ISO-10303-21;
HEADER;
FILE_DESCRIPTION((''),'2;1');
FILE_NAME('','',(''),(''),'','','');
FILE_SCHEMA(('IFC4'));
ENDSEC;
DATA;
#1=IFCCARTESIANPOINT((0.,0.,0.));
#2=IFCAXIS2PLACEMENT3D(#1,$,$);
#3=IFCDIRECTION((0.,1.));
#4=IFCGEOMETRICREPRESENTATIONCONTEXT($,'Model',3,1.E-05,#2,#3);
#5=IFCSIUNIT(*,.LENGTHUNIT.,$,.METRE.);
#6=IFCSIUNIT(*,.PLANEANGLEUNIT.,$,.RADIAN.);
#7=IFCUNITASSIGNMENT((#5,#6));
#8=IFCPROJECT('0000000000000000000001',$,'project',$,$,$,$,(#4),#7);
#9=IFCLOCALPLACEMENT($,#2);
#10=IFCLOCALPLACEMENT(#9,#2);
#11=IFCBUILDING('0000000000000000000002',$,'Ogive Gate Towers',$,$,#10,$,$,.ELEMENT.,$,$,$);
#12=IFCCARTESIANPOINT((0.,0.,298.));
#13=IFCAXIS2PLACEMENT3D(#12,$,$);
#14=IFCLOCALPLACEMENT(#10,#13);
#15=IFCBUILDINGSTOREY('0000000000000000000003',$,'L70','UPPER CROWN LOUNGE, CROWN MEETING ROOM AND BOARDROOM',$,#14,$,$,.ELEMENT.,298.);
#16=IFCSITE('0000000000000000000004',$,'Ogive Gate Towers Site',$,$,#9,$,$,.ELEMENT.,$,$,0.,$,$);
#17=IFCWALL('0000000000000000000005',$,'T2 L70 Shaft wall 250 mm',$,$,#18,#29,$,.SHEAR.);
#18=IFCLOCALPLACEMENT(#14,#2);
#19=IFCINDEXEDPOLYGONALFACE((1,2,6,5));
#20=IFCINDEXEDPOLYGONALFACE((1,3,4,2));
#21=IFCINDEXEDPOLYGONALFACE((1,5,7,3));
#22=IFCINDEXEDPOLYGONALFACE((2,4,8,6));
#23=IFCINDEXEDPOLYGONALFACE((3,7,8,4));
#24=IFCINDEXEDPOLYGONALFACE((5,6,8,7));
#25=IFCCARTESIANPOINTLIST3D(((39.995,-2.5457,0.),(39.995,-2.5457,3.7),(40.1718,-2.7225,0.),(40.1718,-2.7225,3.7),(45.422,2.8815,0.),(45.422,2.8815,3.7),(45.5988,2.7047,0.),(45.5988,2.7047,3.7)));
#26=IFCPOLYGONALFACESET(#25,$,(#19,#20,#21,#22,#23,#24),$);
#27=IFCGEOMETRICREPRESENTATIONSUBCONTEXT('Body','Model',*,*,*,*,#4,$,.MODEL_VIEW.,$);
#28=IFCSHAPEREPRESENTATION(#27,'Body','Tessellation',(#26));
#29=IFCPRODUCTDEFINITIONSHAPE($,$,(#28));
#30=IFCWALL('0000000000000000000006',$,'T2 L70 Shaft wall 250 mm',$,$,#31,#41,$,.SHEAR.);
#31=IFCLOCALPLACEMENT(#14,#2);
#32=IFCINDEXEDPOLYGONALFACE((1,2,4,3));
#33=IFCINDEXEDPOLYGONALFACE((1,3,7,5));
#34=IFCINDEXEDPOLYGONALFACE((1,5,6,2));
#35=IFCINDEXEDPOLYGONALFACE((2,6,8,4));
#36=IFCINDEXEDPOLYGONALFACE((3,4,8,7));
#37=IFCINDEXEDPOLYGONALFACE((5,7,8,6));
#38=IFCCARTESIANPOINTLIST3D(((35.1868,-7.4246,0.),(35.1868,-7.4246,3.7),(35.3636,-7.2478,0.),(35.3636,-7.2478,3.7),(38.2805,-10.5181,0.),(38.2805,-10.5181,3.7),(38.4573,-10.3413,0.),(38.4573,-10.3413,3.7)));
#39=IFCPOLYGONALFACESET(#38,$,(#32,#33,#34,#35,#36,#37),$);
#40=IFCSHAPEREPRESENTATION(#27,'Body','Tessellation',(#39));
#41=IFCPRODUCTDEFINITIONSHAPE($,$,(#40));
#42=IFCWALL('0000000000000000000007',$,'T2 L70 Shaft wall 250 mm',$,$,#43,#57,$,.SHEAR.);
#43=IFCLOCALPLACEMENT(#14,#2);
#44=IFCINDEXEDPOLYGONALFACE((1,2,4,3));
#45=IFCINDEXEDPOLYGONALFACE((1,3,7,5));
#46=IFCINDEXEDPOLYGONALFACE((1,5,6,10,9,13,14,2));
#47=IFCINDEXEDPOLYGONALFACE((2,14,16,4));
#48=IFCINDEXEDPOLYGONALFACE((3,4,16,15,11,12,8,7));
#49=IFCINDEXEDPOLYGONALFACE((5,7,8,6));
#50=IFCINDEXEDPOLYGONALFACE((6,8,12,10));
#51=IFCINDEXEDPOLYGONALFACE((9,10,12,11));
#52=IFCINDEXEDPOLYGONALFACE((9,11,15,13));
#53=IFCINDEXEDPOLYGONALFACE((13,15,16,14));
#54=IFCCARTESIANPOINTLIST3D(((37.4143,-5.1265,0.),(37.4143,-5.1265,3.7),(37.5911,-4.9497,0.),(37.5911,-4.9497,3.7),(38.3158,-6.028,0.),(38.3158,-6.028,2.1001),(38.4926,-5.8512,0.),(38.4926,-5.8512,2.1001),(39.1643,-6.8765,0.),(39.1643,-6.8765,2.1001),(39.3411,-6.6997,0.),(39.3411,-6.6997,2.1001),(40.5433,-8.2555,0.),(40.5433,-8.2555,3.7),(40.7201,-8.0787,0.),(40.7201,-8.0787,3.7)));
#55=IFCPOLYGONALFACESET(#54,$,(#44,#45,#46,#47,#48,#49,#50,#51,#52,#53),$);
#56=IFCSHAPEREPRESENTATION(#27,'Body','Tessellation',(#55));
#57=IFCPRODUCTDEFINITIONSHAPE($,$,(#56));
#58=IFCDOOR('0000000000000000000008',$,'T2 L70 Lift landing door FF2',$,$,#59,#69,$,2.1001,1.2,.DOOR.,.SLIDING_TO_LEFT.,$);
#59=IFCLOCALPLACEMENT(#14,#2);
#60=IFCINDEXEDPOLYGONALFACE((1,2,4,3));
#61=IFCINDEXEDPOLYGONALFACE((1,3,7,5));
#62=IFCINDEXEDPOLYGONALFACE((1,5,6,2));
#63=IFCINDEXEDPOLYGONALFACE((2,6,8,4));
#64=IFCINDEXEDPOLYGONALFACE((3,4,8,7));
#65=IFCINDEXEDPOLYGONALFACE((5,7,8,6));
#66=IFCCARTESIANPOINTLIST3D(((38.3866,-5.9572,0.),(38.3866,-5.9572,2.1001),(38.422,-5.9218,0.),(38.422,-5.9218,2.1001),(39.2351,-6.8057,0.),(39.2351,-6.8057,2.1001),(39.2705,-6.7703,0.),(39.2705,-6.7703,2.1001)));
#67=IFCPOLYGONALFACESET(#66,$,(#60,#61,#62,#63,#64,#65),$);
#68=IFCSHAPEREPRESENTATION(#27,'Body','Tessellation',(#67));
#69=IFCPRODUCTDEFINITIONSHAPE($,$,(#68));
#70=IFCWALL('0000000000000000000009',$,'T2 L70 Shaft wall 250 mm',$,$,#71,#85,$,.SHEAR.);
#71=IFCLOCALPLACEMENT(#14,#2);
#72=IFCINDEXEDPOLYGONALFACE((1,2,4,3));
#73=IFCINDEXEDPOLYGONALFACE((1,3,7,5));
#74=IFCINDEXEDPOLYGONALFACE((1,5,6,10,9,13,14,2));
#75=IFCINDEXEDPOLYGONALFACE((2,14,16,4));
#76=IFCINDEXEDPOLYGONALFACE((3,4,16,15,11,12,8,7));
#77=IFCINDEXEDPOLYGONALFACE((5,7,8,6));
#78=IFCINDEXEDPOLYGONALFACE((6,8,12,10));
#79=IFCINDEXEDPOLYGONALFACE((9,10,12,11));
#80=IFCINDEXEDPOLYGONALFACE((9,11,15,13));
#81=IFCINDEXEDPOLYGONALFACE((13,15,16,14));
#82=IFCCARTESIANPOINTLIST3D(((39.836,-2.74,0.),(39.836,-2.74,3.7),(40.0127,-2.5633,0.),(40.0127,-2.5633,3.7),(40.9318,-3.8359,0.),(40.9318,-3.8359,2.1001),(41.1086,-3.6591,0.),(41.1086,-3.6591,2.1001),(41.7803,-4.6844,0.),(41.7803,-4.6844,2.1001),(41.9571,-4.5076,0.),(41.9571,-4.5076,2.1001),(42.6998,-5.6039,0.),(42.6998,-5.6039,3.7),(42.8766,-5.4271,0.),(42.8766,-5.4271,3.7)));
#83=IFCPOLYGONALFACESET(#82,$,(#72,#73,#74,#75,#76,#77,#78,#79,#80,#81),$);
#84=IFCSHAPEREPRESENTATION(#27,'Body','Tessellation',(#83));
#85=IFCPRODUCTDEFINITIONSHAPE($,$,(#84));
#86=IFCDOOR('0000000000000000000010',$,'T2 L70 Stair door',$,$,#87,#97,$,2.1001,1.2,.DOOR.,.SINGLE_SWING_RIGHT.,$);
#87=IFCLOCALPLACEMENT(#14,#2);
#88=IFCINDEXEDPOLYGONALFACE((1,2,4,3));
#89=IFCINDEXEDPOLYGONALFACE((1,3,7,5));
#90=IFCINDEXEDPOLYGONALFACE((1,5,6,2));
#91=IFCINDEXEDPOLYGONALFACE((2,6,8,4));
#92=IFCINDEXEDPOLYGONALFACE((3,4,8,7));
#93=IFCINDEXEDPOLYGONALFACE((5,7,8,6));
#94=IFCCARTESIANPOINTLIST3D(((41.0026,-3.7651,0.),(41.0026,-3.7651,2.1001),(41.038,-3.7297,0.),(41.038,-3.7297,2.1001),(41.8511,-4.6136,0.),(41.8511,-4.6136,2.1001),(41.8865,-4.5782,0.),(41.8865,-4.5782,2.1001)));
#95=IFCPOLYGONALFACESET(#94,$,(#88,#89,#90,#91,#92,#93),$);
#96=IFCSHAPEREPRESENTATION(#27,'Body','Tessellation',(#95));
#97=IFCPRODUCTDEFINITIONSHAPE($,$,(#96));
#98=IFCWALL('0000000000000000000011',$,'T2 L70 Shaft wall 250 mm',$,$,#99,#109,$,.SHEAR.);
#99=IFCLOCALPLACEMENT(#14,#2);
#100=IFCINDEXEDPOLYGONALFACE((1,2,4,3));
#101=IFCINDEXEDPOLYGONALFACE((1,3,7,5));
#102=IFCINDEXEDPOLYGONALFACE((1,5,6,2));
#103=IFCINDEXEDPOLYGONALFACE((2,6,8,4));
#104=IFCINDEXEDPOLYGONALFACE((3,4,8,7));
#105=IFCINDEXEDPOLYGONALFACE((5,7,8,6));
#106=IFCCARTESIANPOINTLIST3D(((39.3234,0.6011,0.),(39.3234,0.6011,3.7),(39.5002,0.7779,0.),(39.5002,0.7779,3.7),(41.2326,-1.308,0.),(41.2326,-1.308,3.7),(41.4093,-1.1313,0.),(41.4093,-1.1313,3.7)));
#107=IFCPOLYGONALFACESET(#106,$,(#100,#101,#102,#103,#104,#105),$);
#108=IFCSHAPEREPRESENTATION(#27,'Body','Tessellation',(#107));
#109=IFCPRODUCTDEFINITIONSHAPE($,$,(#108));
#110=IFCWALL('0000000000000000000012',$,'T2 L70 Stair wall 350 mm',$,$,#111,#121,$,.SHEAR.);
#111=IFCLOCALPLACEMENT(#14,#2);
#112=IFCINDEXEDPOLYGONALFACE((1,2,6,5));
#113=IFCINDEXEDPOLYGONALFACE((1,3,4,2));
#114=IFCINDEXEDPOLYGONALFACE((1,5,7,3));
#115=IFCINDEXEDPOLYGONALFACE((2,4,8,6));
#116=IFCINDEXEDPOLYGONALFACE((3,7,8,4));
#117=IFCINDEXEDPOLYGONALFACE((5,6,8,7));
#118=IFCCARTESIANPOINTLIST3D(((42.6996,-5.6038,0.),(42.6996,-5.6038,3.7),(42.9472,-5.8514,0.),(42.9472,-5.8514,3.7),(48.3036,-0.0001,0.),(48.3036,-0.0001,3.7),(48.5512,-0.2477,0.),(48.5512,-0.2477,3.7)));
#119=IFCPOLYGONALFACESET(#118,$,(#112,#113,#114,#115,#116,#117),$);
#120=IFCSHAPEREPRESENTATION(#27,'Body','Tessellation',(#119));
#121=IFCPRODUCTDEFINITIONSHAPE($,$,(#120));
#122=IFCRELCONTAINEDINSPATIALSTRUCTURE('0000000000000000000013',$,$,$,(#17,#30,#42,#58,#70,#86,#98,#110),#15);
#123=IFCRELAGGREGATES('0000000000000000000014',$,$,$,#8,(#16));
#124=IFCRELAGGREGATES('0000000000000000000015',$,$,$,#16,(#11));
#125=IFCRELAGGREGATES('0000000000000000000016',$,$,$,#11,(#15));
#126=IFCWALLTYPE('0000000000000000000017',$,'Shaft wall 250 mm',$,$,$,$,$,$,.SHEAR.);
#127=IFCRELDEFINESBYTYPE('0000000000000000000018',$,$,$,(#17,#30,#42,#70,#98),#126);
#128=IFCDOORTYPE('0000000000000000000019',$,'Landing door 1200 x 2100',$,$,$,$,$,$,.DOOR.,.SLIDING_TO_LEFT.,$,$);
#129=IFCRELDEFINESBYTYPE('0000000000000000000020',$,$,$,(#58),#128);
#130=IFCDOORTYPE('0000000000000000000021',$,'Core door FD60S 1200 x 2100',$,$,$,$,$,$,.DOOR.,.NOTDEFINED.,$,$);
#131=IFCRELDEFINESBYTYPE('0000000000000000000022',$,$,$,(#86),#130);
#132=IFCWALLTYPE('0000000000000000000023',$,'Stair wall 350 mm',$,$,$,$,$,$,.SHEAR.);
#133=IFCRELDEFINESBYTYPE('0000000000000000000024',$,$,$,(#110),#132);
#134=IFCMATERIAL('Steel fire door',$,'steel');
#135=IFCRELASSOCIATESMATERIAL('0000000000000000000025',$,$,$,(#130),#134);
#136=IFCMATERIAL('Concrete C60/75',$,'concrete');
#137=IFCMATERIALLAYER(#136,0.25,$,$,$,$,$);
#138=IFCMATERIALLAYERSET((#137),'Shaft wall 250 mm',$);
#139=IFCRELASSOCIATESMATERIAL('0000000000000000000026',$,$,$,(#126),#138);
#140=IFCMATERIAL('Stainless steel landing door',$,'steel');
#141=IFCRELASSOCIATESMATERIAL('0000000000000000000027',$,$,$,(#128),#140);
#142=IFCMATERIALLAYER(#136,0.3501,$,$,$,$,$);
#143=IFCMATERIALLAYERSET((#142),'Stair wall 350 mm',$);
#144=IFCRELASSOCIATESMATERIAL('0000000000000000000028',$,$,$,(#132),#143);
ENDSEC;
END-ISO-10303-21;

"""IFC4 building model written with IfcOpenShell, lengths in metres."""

from ifc_helpers import new_model, si_unit, direction, frame, frame_2d, origin, place, context, subcontext, project, spatial, rectangle, extrude, material, layer, layer_set, type_object, element, fill, save


model = new_model("IFC4")

# Units and contexts
model_context = context("Model", 3, precision=1e-05, world=origin(), true_north=direction((0.0, 1.0)))
body_context = subcontext(model_context, "Body", "Model", "MODEL_VIEW")
ifc_project = project(units=[si_unit("LENGTHUNIT", "METRE"), si_unit("PLANEANGLEUNIT", "RADIAN")], contexts=[model_context])

# Site, building, storey
site_placement = place(None, origin())
site = spatial("IfcSite", under=ifc_project, at=site_placement, Name="Ogive Gate Towers Site", CompositionType="ELEMENT", RefElevation=0.0)
building_placement = place(site_placement, origin())
building = spatial("IfcBuilding", under=site, at=building_placement, Name="Ogive Gate Towers", CompositionType="ELEMENT")
storey_placement = place(building_placement, frame((0.0, 0.0, 298.0)))
storey = spatial("IfcBuildingStorey", under=building, at=storey_placement, Name="L70", Description="UPPER CROWN LOUNGE, CROWN MEETING ROOM AND BOARDROOM", CompositionType="ELEMENT", Elevation=298.0)

# Shared definitions
ifc_material_1 = material(Name="Concrete C60/75", Category="concrete")
ifc_material_2 = material(Name="Steel fire door", Category="steel")
door_type_1 = type_object("IfcDoorType", Name="Core door FD60S 1200 x 2100", OperationType="NOTDEFINED", PredefinedType="DOOR", material=ifc_material_2)

# Walls
ifc_layer_1 = layer(ifc_material_1, 0.25)
ifc_layer_set_1 = layer_set([ifc_layer_1], Name="Shaft wall 250 mm")
wall_type_1 = type_object("IfcWallType", Name="Shaft wall 250 mm", PredefinedType="SHEAR", material=ifc_layer_set_1)
wall_1_placement = place(storey_placement, frame((40.0835, -2.634, 0.0), z_axis=(0.0, 0.0, 1.0), x_axis=(0.707091, 0.707123, 0.0)))
element("IfcWall", 1, at=wall_1_placement, inside=storey, type_object=wall_type_1, Name="T2 L70 Shaft wall 250 mm", PredefinedType="SHEAR", context=body_context, shape_type="SweptSolid", body=[
    extrude(rectangle(XDim=7.675, YDim=0.25, at=frame_2d((3.8374, 0.0))), origin(), (0.0, 0.0, 1.0), 3.7),
])
wall_2_placement = place(storey_placement, frame((38.3689, -10.4297, 0.0), z_axis=(0.0, 0.0, 1.0), x_axis=(-0.707135, 0.707079, 0.0)))
element("IfcWall", 2, at=wall_2_placement, inside=storey, type_object=wall_type_1, Name="T2 L70 Shaft wall 250 mm", PredefinedType="SHEAR", context=body_context, shape_type="SweptSolid", body=[
    extrude(rectangle(XDim=4.375, YDim=0.25, at=frame_2d((2.1875, 0.0))), origin(), (0.0, 0.0, 1.0), 3.7),
])

# Walls, openings, doors
wall_3_placement = place(storey_placement, frame((40.6316, -8.167, 0.0), z_axis=(0.0, 0.0, 1.0), x_axis=(-0.707107, 0.707107, 0.0)))
wall_3 = element("IfcWall", 3, at=wall_3_placement, inside=storey, type_object=wall_type_1, Name="T2 L70 Shaft wall 250 mm", PredefinedType="SHEAR", context=body_context, shape_type="SweptSolid", body=[
    extrude(rectangle(XDim=4.425, YDim=0.25, at=frame_2d((2.2124, 0.0))), origin(), (0.0, 0.0, 1.0), 3.7),
])
opening_1_placement = place(wall_3_placement, frame((1.95, 0.0, 0.0)))
opening_1 = element("IfcOpeningElement", 4, at=opening_1_placement, cuts=wall_3, PredefinedType="OPENING", context=body_context, shape_type="SweptSolid", body=[
    extrude(rectangle(XDim=1.2, YDim=2.1001, at=frame_2d((0.6001, 1.05))), frame((0.0, 0.135, 0.0), z_axis=(0.0, -1.0, 0.0), x_axis=(1.0, 0.0, 0.0)), (0.0, 0.0, 1.0), 0.27),
])
ifc_material_3 = material(Name="Stainless steel landing door", Category="steel")
door_type_2 = type_object("IfcDoorType", Name="Landing door 1200 x 2100", OperationType="SLIDING_TO_LEFT", PredefinedType="DOOR", material=ifc_material_3)
door_1_placement = place(opening_1_placement, origin())
door_1 = element("IfcDoor", 5, at=door_1_placement, inside=storey, type_object=door_type_2, Name="T2 L70 Lift landing door FF2", OperationType="SLIDING_TO_LEFT", OverallHeight=2.1001, OverallWidth=1.2, PredefinedType="DOOR", context=body_context, shape_type="SweptSolid", body=[
    extrude(rectangle(XDim=1.2, YDim=2.1001, at=frame_2d((0.6001, 1.05))), frame((0.0, 0.0249, 0.0), z_axis=(0.0, -1.0, 0.0), x_axis=(1.0, 0.0, 0.0)), (0.0, 0.0, 1.0), 0.05),
])
fill(opening_1, door_1)
wall_4_placement = place(storey_placement, frame((42.7881, -5.5154, 0.0), z_axis=(0.0, 0.0, 1.0), x_axis=(-0.707107, 0.707107, 0.0)))
wall_4 = element("IfcWall", 6, at=wall_4_placement, inside=storey, type_object=wall_type_1, Name="T2 L70 Shaft wall 250 mm", PredefinedType="SHEAR", context=body_context, shape_type="SweptSolid", body=[
    extrude(rectangle(XDim=4.05, YDim=0.25, at=frame_2d((2.0249, 0.0))), origin(), (0.0, 0.0, 1.0), 3.7),
])
opening_2_placement = place(wall_4_placement, frame((1.3, 0.0, 0.0)))
opening_2 = element("IfcOpeningElement", 7, at=opening_2_placement, cuts=wall_4, PredefinedType="OPENING", context=body_context, shape_type="SweptSolid", body=[
    extrude(rectangle(XDim=1.2, YDim=2.1001, at=frame_2d((0.6001, 1.05))), frame((0.0, 0.135, 0.0), z_axis=(0.0, -1.0, 0.0), x_axis=(1.0, 0.0, 0.0)), (0.0, 0.0, 1.0), 0.27),
])
door_2_placement = place(opening_2_placement, origin())
door_2 = element("IfcDoor", 8, at=door_2_placement, inside=storey, type_object=door_type_1, Name="T2 L70 Stair door", OperationType="SINGLE_SWING_RIGHT", OverallHeight=2.1001, OverallWidth=1.2, PredefinedType="DOOR", context=body_context, shape_type="SweptSolid", body=[
    extrude(rectangle(XDim=1.2, YDim=2.1001, at=frame_2d((0.6001, 1.05))), frame((0.0, 0.0249, 0.0), z_axis=(0.0, -1.0, 0.0), x_axis=(1.0, 0.0, 0.0)), (0.0, 0.0, 1.0), 0.05),
])
fill(opening_2, door_2)

# Walls
wall_5_placement = place(storey_placement, frame((41.321, -1.2197, 0.0), z_axis=(0.0, 0.0, 1.0), x_axis=(-0.707107, 0.707107, 0.0)))
element("IfcWall", 9, at=wall_5_placement, inside=storey, type_object=wall_type_1, Name="T2 L70 Shaft wall 250 mm", PredefinedType="SHEAR", context=body_context, shape_type="SweptSolid", body=[
    extrude(rectangle(XDim=2.7, YDim=0.25, at=frame_2d((1.3501, 0.0))), origin(), (0.0, 0.0, 1.0), 3.7),
])
ifc_layer_2 = layer(ifc_material_1, 0.3501)
ifc_layer_set_2 = layer_set([ifc_layer_2], Name="Stair wall 350 mm")
wall_type_2 = type_object("IfcWallType", Name="Stair wall 350 mm", PredefinedType="SHEAR", material=ifc_layer_set_2)
wall_6_placement = place(storey_placement, frame((42.8235, -5.7275, 0.0), z_axis=(0.0, 0.0, 1.0), x_axis=(0.707122, 0.707091, 0.0)))
element("IfcWall", 10, at=wall_6_placement, inside=storey, type_object=wall_type_2, Name="T2 L70 Stair wall 350 mm", PredefinedType="SHEAR", context=body_context, shape_type="SweptSolid", body=[
    extrude(rectangle(XDim=7.925, YDim=0.3501, at=frame_2d((3.9624, 0.0))), origin(), (0.0, 0.0, 1.0), 3.7),
])

save(model, "model.ifc")
